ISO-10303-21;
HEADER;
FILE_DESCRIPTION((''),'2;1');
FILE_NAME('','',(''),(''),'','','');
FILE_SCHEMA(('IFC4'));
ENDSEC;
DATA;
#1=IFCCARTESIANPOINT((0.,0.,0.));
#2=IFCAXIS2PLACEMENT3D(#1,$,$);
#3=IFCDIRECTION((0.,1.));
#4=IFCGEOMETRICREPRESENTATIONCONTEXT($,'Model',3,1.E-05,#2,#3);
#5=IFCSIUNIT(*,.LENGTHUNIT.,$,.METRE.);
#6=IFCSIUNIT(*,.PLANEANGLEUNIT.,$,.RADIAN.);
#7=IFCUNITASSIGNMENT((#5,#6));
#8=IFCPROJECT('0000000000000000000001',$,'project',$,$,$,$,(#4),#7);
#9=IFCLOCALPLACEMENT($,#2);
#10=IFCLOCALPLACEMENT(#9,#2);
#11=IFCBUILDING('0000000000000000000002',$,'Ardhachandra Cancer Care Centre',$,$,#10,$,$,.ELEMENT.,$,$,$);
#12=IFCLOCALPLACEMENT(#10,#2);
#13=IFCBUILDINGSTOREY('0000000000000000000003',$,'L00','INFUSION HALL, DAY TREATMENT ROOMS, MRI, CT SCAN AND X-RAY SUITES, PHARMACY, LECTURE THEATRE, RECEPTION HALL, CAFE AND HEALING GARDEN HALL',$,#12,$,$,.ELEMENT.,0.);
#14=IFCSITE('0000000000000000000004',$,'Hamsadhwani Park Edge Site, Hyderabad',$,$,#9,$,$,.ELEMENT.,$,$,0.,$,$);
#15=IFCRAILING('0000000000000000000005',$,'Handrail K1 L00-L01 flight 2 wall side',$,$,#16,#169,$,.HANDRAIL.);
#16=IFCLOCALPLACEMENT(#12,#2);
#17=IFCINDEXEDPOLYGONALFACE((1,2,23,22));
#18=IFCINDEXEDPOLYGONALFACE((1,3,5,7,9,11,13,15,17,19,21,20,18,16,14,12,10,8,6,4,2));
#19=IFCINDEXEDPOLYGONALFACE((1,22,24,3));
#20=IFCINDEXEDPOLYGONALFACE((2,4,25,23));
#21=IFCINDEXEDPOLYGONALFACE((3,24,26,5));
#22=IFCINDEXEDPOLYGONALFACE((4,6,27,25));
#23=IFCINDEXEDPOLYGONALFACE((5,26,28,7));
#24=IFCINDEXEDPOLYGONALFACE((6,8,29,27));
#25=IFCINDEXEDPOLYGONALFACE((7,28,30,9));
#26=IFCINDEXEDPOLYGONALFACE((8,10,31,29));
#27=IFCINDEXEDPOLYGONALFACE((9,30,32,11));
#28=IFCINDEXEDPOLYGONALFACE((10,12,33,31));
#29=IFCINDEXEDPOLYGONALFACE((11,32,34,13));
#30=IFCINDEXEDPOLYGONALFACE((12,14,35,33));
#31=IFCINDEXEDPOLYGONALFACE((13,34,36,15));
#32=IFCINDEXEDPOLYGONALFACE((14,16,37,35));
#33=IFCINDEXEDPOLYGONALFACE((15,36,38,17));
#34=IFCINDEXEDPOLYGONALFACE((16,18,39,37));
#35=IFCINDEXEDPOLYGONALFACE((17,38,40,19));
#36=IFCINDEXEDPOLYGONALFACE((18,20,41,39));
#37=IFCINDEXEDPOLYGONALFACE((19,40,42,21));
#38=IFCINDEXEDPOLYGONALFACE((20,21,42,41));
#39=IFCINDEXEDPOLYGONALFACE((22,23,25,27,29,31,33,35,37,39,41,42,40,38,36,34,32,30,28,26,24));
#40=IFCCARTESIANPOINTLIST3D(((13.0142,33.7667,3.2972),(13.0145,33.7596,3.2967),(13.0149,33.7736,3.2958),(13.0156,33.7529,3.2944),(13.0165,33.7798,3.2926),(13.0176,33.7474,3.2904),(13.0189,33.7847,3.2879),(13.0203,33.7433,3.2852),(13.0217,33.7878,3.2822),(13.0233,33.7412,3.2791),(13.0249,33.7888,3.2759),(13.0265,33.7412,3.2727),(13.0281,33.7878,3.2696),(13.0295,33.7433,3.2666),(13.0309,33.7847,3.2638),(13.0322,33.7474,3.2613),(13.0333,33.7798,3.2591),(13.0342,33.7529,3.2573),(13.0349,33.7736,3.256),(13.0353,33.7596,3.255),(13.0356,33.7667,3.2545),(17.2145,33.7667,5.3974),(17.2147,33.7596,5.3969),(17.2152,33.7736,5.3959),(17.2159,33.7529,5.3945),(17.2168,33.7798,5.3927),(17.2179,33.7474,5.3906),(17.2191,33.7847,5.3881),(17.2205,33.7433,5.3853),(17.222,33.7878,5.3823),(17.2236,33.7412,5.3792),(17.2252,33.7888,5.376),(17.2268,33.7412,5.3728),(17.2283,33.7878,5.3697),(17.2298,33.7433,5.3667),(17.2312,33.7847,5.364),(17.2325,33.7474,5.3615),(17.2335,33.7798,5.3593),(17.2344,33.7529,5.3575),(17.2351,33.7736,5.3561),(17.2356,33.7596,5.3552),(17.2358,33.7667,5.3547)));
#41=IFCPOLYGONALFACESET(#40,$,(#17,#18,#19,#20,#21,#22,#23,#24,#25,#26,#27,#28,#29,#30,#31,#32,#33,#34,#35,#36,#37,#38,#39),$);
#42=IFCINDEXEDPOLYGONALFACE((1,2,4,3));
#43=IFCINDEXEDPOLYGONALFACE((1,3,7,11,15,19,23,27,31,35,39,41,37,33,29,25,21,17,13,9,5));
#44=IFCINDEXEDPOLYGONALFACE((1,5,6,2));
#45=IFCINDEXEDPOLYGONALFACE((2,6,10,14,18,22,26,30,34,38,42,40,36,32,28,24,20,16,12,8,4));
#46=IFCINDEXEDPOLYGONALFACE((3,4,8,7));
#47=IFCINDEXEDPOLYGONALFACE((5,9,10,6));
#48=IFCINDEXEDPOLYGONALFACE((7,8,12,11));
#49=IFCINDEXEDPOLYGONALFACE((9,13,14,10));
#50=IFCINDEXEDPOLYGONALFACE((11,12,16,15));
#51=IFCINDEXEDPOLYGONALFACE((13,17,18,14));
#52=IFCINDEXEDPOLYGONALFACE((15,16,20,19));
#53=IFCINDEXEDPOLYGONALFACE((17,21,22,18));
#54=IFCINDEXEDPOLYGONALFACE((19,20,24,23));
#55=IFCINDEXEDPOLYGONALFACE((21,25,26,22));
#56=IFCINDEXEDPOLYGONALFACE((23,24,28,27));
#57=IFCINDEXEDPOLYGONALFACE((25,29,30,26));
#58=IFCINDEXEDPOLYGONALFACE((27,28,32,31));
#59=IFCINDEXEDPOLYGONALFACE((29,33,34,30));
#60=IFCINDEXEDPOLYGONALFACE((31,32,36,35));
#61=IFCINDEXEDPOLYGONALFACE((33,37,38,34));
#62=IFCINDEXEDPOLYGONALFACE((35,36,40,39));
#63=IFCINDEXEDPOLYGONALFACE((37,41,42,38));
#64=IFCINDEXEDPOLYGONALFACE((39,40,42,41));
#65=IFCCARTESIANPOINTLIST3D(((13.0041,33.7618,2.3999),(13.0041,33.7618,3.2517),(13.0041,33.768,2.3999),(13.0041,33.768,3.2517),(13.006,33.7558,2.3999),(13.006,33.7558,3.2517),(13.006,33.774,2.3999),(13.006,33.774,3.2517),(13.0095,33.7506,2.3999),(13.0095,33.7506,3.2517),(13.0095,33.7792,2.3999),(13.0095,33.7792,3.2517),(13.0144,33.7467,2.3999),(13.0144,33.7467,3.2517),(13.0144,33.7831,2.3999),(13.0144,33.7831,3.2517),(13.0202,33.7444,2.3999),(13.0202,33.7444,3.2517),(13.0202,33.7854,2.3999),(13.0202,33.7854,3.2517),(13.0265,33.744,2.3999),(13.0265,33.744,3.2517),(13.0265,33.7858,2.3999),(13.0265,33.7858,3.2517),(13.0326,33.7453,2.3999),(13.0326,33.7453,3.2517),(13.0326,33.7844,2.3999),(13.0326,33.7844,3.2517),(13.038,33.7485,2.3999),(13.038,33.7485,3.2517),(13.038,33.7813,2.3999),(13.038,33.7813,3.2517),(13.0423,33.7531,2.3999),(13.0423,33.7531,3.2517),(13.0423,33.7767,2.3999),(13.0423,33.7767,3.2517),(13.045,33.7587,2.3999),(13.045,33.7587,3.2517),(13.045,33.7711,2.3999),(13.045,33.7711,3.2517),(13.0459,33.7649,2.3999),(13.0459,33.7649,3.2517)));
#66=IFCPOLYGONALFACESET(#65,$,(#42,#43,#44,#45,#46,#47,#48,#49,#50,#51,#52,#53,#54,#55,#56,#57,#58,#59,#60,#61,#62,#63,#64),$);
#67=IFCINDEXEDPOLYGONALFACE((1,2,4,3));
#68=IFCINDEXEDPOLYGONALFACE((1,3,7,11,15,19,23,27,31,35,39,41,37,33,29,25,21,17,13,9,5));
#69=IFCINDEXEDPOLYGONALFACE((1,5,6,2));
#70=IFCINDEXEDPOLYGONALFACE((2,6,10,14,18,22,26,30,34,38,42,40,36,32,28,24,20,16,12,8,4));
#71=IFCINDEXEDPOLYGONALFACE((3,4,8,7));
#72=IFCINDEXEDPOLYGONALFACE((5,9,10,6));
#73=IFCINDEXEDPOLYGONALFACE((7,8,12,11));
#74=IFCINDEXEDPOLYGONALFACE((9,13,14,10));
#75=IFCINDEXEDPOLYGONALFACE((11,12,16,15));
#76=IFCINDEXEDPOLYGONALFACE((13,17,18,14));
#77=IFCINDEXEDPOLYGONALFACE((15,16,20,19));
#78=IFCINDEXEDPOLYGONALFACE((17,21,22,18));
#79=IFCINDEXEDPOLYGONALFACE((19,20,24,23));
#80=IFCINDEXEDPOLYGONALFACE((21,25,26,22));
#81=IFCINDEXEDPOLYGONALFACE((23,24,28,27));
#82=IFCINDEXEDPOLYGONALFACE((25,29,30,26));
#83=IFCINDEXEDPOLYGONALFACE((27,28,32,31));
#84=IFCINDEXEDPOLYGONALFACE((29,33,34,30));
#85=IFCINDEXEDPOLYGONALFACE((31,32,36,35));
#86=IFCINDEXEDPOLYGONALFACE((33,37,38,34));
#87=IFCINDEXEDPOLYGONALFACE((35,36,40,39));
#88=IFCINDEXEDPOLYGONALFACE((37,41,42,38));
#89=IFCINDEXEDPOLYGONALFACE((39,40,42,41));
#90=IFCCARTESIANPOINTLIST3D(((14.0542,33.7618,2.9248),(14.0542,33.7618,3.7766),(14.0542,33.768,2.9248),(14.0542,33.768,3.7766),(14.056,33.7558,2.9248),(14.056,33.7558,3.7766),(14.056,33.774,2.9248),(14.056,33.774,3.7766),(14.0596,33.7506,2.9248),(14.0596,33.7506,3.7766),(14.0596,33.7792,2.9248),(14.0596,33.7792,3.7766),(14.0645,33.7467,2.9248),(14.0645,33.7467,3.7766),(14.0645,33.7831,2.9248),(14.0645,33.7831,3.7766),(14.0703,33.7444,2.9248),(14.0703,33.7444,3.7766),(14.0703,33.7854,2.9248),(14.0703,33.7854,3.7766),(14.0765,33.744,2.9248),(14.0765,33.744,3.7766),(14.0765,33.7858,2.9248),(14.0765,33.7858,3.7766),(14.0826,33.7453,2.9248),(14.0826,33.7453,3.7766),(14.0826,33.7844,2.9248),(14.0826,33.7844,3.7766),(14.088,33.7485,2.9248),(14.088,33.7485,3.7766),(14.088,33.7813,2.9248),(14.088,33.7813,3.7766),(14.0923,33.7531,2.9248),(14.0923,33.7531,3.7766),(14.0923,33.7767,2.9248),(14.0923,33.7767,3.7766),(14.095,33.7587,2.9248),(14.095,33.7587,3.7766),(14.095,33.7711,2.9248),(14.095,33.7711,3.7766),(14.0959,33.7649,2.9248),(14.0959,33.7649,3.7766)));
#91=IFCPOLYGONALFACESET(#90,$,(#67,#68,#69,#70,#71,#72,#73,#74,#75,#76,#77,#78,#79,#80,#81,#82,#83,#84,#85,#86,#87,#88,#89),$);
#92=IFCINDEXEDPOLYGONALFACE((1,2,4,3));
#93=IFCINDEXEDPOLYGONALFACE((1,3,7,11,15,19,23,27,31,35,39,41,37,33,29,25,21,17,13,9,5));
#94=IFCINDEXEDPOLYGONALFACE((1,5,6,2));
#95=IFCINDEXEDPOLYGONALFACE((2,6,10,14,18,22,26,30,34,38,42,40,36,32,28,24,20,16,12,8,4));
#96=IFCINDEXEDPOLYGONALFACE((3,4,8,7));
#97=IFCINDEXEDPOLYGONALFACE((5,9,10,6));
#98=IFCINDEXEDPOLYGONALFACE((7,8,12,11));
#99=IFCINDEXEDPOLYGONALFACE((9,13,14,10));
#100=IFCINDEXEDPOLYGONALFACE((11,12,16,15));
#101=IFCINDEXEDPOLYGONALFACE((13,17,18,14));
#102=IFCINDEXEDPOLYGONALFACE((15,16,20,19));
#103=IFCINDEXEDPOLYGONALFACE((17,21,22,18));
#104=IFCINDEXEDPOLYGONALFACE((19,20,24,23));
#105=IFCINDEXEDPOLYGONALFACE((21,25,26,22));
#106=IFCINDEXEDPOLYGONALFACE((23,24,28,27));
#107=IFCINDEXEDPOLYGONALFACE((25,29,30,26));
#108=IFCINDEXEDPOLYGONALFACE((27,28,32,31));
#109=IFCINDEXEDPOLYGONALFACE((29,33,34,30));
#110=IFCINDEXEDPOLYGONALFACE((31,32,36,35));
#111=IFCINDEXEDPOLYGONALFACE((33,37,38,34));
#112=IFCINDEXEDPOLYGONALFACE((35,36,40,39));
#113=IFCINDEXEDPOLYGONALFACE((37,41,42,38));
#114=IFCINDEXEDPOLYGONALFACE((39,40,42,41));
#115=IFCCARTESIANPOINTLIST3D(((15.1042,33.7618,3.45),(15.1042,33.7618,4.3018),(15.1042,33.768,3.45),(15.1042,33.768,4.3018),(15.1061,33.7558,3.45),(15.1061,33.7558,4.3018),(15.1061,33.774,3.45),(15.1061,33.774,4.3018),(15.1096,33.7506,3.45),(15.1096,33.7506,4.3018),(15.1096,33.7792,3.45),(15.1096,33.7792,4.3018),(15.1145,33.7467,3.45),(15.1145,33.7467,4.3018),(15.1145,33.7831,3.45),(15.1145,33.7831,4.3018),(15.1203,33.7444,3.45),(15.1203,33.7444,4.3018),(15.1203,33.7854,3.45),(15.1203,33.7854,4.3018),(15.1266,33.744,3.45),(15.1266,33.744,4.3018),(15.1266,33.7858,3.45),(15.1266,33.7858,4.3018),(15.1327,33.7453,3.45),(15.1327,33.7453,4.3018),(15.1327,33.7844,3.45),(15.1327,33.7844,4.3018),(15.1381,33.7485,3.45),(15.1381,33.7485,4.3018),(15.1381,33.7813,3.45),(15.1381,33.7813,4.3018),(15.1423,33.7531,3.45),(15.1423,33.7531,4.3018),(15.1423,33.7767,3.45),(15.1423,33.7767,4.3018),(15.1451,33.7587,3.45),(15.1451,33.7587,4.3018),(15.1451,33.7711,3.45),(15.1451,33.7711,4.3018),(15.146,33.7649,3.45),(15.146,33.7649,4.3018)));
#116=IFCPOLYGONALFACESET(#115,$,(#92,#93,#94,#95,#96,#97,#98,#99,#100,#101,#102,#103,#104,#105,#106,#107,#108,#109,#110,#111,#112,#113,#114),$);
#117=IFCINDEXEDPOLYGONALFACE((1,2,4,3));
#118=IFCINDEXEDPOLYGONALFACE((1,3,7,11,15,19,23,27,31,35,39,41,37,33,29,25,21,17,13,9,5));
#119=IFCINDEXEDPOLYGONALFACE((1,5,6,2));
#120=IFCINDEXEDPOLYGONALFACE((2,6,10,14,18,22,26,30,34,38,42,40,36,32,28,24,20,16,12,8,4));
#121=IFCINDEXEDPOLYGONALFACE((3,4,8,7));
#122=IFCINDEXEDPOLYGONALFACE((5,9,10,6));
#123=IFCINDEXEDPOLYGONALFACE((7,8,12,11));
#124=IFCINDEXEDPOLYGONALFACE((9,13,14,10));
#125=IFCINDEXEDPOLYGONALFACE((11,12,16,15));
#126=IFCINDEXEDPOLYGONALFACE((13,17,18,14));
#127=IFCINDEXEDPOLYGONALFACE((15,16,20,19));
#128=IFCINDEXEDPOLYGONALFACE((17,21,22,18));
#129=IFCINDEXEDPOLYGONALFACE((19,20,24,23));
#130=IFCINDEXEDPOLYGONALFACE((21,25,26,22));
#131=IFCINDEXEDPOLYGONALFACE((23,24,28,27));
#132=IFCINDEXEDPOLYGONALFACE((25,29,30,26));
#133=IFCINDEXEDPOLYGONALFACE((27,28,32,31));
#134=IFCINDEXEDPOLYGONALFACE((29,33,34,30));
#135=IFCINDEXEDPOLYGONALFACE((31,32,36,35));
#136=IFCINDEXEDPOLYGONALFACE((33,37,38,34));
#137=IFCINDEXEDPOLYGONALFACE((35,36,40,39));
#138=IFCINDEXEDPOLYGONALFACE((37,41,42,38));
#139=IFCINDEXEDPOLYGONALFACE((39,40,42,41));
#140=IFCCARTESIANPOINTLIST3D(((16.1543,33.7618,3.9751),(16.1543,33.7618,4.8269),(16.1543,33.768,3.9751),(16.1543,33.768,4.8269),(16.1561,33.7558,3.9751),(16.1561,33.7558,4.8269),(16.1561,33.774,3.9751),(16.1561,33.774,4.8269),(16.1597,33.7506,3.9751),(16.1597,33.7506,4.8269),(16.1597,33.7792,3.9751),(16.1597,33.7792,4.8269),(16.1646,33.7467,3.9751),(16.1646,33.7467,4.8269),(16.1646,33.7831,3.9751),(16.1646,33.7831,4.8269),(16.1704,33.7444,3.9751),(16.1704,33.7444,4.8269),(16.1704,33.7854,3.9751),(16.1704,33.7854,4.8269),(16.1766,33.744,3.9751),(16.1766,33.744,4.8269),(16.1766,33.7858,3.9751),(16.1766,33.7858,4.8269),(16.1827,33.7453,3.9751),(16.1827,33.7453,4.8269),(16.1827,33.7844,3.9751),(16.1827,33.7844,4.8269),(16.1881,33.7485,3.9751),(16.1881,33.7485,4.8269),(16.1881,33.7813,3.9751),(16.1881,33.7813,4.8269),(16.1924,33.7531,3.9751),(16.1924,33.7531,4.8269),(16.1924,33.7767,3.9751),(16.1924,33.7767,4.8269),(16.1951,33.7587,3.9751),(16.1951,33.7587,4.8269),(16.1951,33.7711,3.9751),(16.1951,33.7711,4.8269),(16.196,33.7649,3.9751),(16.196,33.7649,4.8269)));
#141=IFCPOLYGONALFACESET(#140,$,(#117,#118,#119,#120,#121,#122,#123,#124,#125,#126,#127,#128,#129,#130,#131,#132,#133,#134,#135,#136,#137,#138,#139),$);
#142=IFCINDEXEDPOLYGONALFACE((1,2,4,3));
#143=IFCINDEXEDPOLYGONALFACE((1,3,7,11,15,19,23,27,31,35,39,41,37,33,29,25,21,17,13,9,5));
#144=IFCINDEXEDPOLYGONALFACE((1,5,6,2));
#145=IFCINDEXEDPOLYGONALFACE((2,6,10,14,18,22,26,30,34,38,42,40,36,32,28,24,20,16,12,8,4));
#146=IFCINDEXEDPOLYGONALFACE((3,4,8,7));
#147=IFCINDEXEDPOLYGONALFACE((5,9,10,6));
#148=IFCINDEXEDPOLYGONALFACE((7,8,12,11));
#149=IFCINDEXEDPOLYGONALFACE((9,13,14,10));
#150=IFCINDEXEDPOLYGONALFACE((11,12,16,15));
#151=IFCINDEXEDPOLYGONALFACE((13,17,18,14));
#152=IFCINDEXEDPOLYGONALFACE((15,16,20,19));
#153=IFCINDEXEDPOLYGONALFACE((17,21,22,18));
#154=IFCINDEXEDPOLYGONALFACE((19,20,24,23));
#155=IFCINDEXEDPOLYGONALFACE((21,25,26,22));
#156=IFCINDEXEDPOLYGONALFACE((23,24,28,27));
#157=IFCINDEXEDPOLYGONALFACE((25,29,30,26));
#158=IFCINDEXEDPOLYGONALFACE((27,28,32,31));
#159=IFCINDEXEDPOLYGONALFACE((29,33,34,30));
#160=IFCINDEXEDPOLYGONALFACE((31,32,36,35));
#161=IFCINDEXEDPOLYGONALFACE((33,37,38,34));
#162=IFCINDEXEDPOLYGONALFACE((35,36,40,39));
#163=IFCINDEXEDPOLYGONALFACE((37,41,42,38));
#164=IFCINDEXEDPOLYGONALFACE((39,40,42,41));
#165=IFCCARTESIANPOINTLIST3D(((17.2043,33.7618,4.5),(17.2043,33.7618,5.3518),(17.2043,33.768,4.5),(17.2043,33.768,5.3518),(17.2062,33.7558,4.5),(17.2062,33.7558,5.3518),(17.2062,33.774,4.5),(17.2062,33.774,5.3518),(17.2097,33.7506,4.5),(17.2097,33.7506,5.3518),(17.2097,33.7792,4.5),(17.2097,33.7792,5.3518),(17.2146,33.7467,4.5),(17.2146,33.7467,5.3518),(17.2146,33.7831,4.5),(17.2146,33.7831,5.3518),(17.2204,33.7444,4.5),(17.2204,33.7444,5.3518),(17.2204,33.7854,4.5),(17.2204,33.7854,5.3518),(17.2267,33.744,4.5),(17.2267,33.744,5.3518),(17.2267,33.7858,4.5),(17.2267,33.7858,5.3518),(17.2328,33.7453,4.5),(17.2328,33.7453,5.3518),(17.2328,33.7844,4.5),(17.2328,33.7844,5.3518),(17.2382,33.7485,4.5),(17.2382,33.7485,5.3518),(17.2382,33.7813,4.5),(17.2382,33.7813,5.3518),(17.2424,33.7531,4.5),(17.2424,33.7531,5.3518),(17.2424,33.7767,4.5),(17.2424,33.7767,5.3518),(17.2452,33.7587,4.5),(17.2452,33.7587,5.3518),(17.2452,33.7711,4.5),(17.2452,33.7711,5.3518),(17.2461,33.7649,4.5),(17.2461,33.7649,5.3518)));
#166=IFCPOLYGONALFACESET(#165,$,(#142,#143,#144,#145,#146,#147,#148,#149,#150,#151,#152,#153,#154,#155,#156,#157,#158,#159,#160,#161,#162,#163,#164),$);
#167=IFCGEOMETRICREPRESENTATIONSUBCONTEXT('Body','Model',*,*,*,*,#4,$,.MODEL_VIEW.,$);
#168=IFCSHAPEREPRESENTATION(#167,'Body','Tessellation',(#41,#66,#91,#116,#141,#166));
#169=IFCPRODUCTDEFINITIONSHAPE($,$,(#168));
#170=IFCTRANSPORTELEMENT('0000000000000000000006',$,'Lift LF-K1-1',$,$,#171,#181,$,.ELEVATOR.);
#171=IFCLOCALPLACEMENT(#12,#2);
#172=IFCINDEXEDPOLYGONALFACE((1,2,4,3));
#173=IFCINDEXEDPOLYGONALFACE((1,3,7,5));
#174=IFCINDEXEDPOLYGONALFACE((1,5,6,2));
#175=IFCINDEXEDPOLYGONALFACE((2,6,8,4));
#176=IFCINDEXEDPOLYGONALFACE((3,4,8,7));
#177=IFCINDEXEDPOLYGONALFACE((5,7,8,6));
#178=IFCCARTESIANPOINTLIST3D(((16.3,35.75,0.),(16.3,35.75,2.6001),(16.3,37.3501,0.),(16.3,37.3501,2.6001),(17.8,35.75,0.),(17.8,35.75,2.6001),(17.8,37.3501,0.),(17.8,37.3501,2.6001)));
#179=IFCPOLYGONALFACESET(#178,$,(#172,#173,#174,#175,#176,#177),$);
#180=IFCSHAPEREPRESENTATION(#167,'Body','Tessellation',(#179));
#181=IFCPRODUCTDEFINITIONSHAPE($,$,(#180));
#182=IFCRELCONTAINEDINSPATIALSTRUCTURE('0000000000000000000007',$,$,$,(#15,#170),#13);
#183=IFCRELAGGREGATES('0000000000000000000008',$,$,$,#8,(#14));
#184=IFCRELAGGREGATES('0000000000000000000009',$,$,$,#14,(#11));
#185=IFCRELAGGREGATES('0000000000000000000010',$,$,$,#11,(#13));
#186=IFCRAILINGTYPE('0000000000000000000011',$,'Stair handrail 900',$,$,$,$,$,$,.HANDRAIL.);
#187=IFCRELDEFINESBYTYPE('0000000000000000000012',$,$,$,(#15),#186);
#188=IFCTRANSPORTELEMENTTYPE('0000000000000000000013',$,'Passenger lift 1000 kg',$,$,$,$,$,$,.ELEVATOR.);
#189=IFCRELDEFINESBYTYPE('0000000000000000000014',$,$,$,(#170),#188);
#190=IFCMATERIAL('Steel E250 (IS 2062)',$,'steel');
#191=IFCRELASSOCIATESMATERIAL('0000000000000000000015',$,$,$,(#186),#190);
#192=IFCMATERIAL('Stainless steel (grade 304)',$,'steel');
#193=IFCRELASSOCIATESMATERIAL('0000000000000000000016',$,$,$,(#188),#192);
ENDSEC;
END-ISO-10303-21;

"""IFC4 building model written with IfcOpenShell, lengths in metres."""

from ifc_helpers import new_model, si_unit, direction, frame, origin, origin_2d, place, context, subcontext, project, spatial, rectangle, circle, extrude, material, type_object, element, save


model = new_model("IFC4")

# Units and contexts
model_context = context("Model", 3, precision=1e-05, world=origin(), true_north=direction((0.0, 1.0)))
body_context = subcontext(model_context, "Body", "Model", "MODEL_VIEW")
ifc_project = project(units=[si_unit("LENGTHUNIT", "METRE"), si_unit("PLANEANGLEUNIT", "RADIAN")], contexts=[model_context])

# Site, building, storey
site_placement = place(None, origin())
site = spatial("IfcSite", under=ifc_project, at=site_placement, Name="Hamsadhwani Park Edge Site, Hyderabad", CompositionType="ELEMENT", RefElevation=0.0)
building_placement = place(site_placement, origin())
building = spatial("IfcBuilding", under=site, at=building_placement, Name="Ardhachandra Cancer Care Centre", CompositionType="ELEMENT")
storey_placement = place(building_placement, origin())
storey = spatial("IfcBuildingStorey", under=building, at=storey_placement, Name="L00", Description="INFUSION HALL, DAY TREATMENT ROOMS, MRI, CT SCAN AND X-RAY SUITES, PHARMACY, LECTURE THEATRE, RECEPTION HALL, CAFE AND HEALING GARDEN HALL", CompositionType="ELEMENT", Elevation=0.0)

# Railing
ifc_material_1 = material(Name="Steel E250 (IS 2062)", Category="steel")
railing_type = type_object("IfcRailingType", Name="Stair handrail 900", PredefinedType="HANDRAIL", material=ifc_material_1)
railing_placement = place(storey_placement, frame((13.0249, 33.7649, 2.3999)))
element("IfcRailing", 1, at=railing_placement, inside=storey, type_object=railing_type, Name="Handrail K1 L00-L01 flight 2 wall side", PredefinedType="HANDRAIL", context=body_context, shape_type="SweptSolid", body=[
    extrude(circle(Radius=0.0239, at=origin_2d()), frame((0.0, 0.0, 0.876), z_axis=(0.894427, 0.0, 0.447214), x_axis=(0.0, 1.0, 0.0)), (0.0, 0.0, 1.0), 4.696),
    extrude(circle(Radius=0.021, at=origin_2d()), origin(), (0.0, 0.0, 1.0), 0.8518),
    extrude(circle(Radius=0.021, at=origin_2d()), frame((1.05, 0.0, 0.5249)), (0.0, 0.0, 1.0), 0.8518),
    extrude(circle(Radius=0.021, at=origin_2d()), frame((2.1001, 0.0, 1.05)), (0.0, 0.0, 1.0), 0.8518),
    extrude(circle(Radius=0.021, at=origin_2d()), frame((3.1501, 0.0, 1.5752)), (0.0, 0.0, 1.0), 0.8518),
    extrude(circle(Radius=0.021, at=origin_2d()), frame((4.2002, 0.0, 2.1001)), (0.0, 0.0, 1.0), 0.8518),
])

# Transport element
ifc_material_2 = material(Name="Stainless steel (grade 304)", Category="steel")
transport_element_type = type_object("IfcTransportElementType", Name="Passenger lift 1000 kg", PredefinedType="ELEVATOR", material=ifc_material_2)
transport_element_placement = place(storey_placement, frame((17.05, 36.55, 0.0), z_axis=(0.0, 0.0, 1.0), x_axis=(1.0, 0.0, 0.0)))
element("IfcTransportElement", 2, at=transport_element_placement, inside=storey, type_object=transport_element_type, Name="Lift LF-K1-1", PredefinedType="ELEVATOR", context=body_context, shape_type="SweptSolid", body=[
    extrude(rectangle(XDim=1.5, YDim=1.6001, at=origin_2d()), origin(), (0.0, 0.0, 1.0), 2.6001),
])

save(model, "model.ifc")
